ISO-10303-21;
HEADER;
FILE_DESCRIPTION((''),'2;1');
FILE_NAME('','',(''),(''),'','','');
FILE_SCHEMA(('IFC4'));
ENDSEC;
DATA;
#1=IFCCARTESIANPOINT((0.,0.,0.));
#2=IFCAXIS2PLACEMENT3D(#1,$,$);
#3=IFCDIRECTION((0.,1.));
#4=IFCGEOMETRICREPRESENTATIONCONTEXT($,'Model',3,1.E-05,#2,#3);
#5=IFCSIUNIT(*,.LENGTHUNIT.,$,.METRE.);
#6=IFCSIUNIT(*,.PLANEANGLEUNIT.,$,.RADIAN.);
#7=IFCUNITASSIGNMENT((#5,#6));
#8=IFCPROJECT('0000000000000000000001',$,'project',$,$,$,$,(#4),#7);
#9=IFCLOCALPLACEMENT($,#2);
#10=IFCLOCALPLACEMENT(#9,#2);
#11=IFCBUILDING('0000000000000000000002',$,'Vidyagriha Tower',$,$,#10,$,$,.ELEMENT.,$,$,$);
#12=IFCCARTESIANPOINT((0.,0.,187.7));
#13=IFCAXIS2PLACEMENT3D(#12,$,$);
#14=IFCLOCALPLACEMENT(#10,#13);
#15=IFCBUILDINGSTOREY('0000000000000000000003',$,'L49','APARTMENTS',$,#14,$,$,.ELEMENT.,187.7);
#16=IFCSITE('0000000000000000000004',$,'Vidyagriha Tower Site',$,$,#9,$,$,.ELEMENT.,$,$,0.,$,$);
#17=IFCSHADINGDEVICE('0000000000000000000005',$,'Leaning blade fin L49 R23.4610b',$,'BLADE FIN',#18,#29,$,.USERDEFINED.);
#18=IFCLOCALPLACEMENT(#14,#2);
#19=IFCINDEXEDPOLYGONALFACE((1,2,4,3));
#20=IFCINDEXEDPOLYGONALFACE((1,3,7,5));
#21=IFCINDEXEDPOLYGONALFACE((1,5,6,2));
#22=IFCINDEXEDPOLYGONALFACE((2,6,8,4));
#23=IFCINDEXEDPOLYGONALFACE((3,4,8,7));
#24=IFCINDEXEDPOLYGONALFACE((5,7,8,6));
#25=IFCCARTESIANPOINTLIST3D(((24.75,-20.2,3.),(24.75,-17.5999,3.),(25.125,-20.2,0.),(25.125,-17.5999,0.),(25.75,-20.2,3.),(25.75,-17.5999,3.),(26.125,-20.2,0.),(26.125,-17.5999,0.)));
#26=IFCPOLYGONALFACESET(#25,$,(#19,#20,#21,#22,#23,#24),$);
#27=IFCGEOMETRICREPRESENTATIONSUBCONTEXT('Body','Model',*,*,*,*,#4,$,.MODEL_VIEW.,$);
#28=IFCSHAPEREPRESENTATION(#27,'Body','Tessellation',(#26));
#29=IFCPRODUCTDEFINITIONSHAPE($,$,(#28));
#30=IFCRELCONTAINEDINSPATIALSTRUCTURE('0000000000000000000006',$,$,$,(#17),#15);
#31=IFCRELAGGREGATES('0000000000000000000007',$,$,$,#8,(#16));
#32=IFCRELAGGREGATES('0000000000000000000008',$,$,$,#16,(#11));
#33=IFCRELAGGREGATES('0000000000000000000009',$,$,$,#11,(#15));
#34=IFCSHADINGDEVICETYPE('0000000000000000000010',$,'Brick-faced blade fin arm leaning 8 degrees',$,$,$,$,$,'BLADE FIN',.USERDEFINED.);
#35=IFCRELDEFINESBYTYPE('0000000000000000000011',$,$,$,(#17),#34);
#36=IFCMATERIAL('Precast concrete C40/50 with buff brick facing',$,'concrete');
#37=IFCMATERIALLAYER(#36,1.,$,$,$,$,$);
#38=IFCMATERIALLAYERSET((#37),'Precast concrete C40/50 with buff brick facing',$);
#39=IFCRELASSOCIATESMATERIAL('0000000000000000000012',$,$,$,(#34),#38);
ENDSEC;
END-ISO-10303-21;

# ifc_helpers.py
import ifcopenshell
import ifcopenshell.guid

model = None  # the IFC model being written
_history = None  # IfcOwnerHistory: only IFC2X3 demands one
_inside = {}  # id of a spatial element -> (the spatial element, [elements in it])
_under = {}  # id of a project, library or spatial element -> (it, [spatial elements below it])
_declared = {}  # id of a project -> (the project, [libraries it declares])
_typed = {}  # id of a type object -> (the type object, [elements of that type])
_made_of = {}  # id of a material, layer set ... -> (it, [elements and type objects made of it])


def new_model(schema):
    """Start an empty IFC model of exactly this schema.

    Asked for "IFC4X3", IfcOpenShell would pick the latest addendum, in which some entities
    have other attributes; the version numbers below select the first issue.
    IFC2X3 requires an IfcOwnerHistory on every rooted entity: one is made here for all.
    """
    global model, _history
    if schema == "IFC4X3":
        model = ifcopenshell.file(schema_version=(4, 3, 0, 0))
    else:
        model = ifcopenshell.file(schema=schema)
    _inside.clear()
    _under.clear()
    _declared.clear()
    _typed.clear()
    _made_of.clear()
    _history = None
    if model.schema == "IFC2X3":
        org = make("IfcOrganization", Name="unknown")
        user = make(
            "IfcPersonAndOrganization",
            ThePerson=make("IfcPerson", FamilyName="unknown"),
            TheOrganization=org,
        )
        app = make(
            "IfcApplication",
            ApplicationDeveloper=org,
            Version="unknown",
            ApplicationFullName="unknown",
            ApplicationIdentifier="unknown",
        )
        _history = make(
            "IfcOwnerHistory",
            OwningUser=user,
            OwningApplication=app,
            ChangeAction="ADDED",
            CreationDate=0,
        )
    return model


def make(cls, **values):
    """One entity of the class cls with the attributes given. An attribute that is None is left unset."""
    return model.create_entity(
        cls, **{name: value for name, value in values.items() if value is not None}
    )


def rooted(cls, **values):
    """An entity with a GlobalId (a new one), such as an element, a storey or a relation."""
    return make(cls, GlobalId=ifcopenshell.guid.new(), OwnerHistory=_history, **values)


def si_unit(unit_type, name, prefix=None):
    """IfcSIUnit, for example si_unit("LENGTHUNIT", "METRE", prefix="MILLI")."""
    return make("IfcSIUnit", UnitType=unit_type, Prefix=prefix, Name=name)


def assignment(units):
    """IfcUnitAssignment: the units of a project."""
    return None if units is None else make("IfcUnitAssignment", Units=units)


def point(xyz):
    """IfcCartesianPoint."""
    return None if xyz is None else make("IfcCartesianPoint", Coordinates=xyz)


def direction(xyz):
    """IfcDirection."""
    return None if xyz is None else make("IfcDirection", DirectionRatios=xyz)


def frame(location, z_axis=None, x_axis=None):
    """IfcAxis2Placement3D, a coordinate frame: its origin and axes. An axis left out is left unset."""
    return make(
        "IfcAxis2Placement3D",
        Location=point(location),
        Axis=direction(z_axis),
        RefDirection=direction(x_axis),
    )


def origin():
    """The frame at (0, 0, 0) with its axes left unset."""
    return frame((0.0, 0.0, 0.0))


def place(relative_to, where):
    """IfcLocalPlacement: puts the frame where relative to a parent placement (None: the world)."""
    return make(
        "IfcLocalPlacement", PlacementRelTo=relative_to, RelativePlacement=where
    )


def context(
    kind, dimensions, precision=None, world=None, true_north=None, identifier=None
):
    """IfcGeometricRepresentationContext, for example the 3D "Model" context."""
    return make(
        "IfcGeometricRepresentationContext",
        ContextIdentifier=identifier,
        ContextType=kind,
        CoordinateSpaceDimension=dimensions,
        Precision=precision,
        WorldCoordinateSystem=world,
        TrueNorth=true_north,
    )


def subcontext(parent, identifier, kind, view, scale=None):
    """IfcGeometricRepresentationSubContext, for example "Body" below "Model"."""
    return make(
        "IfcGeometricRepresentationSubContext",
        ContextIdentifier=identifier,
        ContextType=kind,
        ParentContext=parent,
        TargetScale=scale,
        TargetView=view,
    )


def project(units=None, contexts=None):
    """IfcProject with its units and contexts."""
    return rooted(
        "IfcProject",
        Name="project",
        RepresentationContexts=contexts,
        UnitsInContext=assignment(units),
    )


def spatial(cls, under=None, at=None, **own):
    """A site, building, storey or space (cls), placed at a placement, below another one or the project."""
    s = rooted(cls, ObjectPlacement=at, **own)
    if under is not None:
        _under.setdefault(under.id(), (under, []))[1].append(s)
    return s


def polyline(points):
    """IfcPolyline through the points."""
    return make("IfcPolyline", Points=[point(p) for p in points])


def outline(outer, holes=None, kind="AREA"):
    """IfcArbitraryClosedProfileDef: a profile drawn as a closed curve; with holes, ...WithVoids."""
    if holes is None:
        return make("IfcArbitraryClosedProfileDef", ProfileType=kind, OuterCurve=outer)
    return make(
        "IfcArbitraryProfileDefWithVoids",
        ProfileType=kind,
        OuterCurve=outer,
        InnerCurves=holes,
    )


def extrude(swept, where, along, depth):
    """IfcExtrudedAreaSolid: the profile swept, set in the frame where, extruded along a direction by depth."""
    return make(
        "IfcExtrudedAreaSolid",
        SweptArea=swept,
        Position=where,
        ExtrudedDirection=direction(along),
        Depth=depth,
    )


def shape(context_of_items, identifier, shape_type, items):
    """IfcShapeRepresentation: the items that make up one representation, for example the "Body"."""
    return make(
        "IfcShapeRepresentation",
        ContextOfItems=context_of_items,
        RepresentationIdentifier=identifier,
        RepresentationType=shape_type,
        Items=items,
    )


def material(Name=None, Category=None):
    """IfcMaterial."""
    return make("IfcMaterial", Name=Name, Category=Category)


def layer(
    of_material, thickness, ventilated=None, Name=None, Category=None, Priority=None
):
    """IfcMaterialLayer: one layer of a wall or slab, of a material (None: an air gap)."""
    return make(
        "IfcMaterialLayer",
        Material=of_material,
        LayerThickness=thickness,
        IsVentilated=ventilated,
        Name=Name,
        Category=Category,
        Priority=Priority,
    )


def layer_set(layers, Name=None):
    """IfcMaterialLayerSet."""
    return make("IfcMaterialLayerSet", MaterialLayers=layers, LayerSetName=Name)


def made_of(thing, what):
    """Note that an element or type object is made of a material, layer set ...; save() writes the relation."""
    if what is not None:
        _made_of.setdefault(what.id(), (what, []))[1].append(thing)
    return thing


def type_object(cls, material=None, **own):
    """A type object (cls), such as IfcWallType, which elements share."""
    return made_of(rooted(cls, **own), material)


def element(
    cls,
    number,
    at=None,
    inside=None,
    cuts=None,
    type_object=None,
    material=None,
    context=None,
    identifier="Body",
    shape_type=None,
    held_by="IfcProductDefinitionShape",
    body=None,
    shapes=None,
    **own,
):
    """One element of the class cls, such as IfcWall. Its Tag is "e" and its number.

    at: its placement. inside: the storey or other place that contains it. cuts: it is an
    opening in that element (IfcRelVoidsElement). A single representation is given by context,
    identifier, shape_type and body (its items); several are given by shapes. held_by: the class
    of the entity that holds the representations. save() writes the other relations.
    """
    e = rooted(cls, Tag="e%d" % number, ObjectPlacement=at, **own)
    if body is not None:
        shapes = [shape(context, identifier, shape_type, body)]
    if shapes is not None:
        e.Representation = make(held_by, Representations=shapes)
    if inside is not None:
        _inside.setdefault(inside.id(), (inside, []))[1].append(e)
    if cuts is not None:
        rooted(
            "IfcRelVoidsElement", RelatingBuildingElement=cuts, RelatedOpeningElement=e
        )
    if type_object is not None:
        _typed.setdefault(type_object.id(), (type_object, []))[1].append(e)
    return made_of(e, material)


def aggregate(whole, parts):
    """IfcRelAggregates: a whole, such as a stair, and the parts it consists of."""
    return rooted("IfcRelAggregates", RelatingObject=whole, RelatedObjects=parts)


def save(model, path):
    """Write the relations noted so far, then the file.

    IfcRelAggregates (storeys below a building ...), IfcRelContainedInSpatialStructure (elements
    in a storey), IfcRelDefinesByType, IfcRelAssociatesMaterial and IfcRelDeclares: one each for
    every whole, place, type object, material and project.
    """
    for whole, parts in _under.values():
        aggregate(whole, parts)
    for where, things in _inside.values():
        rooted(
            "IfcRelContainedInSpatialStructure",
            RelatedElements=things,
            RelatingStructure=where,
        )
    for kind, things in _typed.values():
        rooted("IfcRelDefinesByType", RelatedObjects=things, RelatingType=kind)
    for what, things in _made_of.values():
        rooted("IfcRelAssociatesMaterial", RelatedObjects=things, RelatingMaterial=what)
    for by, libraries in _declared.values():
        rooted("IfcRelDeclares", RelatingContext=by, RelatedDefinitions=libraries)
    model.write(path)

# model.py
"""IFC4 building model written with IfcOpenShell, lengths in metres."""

from ifc_helpers import new_model, si_unit, direction, frame, origin, place, context, subcontext, project, spatial, polyline, outline, extrude, material, layer, layer_set, type_object, element, save


model = new_model("IFC4")

# Units and contexts
model_context = context("Model", 3, precision=1e-05, world=origin(), true_north=direction((0.0, 1.0)))
body_context = subcontext(model_context, "Body", "Model", "MODEL_VIEW")
ifc_project = project(units=[si_unit("LENGTHUNIT", "METRE"), si_unit("PLANEANGLEUNIT", "RADIAN")], contexts=[model_context])

# Site, building, storey
site_placement = place(None, origin())
site = spatial("IfcSite", under=ifc_project, at=site_placement, Name="Vidyagriha Tower Site", CompositionType="ELEMENT", RefElevation=0.0)
building_placement = place(site_placement, origin())
building = spatial("IfcBuilding", under=site, at=building_placement, Name="Vidyagriha Tower", CompositionType="ELEMENT")
storey_placement = place(building_placement, frame((0.0, 0.0, 187.7)))
storey = spatial("IfcBuildingStorey", under=building, at=storey_placement, Name="L49", Description="APARTMENTS", CompositionType="ELEMENT", Elevation=187.7)

# Shading device
ifc_material_1 = material(Name="Precast concrete C40/50 with buff brick facing", Category="concrete")
ifc_layer_1 = layer(ifc_material_1, 1.0)
ifc_layer_set_1 = layer_set([ifc_layer_1], Name="Precast concrete C40/50 with buff brick facing")
shading_device_type = type_object("IfcShadingDeviceType", Name="Brick-faced blade fin arm leaning 8 degrees", ElementType="BLADE FIN", PredefinedType="USERDEFINED", material=ifc_layer_set_1)
shading_device_1_placement = place(storey_placement, frame((24.75, -18.8999, 0.0)))
element("IfcShadingDevice", 1, at=shading_device_1_placement, inside=storey, type_object=shading_device_type, Name="Leaning blade fin L49 R23.4610b", ObjectType="BLADE FIN", PredefinedType="USERDEFINED", context=body_context, shape_type="SweptSolid", body=[
    extrude(outline(polyline([(0.375, 0.0), (1.375, 0.0), (1.0, 3.0), (0.0, 3.0), (0.375, 0.0)])), frame((0.0, 1.3, 0.0), z_axis=(0.0, -1.0, 0.0), x_axis=(1.0, 0.0, 0.0)), (0.0, 0.0, 1.0), 2.6001),
])

save(model, "model.ifc")
